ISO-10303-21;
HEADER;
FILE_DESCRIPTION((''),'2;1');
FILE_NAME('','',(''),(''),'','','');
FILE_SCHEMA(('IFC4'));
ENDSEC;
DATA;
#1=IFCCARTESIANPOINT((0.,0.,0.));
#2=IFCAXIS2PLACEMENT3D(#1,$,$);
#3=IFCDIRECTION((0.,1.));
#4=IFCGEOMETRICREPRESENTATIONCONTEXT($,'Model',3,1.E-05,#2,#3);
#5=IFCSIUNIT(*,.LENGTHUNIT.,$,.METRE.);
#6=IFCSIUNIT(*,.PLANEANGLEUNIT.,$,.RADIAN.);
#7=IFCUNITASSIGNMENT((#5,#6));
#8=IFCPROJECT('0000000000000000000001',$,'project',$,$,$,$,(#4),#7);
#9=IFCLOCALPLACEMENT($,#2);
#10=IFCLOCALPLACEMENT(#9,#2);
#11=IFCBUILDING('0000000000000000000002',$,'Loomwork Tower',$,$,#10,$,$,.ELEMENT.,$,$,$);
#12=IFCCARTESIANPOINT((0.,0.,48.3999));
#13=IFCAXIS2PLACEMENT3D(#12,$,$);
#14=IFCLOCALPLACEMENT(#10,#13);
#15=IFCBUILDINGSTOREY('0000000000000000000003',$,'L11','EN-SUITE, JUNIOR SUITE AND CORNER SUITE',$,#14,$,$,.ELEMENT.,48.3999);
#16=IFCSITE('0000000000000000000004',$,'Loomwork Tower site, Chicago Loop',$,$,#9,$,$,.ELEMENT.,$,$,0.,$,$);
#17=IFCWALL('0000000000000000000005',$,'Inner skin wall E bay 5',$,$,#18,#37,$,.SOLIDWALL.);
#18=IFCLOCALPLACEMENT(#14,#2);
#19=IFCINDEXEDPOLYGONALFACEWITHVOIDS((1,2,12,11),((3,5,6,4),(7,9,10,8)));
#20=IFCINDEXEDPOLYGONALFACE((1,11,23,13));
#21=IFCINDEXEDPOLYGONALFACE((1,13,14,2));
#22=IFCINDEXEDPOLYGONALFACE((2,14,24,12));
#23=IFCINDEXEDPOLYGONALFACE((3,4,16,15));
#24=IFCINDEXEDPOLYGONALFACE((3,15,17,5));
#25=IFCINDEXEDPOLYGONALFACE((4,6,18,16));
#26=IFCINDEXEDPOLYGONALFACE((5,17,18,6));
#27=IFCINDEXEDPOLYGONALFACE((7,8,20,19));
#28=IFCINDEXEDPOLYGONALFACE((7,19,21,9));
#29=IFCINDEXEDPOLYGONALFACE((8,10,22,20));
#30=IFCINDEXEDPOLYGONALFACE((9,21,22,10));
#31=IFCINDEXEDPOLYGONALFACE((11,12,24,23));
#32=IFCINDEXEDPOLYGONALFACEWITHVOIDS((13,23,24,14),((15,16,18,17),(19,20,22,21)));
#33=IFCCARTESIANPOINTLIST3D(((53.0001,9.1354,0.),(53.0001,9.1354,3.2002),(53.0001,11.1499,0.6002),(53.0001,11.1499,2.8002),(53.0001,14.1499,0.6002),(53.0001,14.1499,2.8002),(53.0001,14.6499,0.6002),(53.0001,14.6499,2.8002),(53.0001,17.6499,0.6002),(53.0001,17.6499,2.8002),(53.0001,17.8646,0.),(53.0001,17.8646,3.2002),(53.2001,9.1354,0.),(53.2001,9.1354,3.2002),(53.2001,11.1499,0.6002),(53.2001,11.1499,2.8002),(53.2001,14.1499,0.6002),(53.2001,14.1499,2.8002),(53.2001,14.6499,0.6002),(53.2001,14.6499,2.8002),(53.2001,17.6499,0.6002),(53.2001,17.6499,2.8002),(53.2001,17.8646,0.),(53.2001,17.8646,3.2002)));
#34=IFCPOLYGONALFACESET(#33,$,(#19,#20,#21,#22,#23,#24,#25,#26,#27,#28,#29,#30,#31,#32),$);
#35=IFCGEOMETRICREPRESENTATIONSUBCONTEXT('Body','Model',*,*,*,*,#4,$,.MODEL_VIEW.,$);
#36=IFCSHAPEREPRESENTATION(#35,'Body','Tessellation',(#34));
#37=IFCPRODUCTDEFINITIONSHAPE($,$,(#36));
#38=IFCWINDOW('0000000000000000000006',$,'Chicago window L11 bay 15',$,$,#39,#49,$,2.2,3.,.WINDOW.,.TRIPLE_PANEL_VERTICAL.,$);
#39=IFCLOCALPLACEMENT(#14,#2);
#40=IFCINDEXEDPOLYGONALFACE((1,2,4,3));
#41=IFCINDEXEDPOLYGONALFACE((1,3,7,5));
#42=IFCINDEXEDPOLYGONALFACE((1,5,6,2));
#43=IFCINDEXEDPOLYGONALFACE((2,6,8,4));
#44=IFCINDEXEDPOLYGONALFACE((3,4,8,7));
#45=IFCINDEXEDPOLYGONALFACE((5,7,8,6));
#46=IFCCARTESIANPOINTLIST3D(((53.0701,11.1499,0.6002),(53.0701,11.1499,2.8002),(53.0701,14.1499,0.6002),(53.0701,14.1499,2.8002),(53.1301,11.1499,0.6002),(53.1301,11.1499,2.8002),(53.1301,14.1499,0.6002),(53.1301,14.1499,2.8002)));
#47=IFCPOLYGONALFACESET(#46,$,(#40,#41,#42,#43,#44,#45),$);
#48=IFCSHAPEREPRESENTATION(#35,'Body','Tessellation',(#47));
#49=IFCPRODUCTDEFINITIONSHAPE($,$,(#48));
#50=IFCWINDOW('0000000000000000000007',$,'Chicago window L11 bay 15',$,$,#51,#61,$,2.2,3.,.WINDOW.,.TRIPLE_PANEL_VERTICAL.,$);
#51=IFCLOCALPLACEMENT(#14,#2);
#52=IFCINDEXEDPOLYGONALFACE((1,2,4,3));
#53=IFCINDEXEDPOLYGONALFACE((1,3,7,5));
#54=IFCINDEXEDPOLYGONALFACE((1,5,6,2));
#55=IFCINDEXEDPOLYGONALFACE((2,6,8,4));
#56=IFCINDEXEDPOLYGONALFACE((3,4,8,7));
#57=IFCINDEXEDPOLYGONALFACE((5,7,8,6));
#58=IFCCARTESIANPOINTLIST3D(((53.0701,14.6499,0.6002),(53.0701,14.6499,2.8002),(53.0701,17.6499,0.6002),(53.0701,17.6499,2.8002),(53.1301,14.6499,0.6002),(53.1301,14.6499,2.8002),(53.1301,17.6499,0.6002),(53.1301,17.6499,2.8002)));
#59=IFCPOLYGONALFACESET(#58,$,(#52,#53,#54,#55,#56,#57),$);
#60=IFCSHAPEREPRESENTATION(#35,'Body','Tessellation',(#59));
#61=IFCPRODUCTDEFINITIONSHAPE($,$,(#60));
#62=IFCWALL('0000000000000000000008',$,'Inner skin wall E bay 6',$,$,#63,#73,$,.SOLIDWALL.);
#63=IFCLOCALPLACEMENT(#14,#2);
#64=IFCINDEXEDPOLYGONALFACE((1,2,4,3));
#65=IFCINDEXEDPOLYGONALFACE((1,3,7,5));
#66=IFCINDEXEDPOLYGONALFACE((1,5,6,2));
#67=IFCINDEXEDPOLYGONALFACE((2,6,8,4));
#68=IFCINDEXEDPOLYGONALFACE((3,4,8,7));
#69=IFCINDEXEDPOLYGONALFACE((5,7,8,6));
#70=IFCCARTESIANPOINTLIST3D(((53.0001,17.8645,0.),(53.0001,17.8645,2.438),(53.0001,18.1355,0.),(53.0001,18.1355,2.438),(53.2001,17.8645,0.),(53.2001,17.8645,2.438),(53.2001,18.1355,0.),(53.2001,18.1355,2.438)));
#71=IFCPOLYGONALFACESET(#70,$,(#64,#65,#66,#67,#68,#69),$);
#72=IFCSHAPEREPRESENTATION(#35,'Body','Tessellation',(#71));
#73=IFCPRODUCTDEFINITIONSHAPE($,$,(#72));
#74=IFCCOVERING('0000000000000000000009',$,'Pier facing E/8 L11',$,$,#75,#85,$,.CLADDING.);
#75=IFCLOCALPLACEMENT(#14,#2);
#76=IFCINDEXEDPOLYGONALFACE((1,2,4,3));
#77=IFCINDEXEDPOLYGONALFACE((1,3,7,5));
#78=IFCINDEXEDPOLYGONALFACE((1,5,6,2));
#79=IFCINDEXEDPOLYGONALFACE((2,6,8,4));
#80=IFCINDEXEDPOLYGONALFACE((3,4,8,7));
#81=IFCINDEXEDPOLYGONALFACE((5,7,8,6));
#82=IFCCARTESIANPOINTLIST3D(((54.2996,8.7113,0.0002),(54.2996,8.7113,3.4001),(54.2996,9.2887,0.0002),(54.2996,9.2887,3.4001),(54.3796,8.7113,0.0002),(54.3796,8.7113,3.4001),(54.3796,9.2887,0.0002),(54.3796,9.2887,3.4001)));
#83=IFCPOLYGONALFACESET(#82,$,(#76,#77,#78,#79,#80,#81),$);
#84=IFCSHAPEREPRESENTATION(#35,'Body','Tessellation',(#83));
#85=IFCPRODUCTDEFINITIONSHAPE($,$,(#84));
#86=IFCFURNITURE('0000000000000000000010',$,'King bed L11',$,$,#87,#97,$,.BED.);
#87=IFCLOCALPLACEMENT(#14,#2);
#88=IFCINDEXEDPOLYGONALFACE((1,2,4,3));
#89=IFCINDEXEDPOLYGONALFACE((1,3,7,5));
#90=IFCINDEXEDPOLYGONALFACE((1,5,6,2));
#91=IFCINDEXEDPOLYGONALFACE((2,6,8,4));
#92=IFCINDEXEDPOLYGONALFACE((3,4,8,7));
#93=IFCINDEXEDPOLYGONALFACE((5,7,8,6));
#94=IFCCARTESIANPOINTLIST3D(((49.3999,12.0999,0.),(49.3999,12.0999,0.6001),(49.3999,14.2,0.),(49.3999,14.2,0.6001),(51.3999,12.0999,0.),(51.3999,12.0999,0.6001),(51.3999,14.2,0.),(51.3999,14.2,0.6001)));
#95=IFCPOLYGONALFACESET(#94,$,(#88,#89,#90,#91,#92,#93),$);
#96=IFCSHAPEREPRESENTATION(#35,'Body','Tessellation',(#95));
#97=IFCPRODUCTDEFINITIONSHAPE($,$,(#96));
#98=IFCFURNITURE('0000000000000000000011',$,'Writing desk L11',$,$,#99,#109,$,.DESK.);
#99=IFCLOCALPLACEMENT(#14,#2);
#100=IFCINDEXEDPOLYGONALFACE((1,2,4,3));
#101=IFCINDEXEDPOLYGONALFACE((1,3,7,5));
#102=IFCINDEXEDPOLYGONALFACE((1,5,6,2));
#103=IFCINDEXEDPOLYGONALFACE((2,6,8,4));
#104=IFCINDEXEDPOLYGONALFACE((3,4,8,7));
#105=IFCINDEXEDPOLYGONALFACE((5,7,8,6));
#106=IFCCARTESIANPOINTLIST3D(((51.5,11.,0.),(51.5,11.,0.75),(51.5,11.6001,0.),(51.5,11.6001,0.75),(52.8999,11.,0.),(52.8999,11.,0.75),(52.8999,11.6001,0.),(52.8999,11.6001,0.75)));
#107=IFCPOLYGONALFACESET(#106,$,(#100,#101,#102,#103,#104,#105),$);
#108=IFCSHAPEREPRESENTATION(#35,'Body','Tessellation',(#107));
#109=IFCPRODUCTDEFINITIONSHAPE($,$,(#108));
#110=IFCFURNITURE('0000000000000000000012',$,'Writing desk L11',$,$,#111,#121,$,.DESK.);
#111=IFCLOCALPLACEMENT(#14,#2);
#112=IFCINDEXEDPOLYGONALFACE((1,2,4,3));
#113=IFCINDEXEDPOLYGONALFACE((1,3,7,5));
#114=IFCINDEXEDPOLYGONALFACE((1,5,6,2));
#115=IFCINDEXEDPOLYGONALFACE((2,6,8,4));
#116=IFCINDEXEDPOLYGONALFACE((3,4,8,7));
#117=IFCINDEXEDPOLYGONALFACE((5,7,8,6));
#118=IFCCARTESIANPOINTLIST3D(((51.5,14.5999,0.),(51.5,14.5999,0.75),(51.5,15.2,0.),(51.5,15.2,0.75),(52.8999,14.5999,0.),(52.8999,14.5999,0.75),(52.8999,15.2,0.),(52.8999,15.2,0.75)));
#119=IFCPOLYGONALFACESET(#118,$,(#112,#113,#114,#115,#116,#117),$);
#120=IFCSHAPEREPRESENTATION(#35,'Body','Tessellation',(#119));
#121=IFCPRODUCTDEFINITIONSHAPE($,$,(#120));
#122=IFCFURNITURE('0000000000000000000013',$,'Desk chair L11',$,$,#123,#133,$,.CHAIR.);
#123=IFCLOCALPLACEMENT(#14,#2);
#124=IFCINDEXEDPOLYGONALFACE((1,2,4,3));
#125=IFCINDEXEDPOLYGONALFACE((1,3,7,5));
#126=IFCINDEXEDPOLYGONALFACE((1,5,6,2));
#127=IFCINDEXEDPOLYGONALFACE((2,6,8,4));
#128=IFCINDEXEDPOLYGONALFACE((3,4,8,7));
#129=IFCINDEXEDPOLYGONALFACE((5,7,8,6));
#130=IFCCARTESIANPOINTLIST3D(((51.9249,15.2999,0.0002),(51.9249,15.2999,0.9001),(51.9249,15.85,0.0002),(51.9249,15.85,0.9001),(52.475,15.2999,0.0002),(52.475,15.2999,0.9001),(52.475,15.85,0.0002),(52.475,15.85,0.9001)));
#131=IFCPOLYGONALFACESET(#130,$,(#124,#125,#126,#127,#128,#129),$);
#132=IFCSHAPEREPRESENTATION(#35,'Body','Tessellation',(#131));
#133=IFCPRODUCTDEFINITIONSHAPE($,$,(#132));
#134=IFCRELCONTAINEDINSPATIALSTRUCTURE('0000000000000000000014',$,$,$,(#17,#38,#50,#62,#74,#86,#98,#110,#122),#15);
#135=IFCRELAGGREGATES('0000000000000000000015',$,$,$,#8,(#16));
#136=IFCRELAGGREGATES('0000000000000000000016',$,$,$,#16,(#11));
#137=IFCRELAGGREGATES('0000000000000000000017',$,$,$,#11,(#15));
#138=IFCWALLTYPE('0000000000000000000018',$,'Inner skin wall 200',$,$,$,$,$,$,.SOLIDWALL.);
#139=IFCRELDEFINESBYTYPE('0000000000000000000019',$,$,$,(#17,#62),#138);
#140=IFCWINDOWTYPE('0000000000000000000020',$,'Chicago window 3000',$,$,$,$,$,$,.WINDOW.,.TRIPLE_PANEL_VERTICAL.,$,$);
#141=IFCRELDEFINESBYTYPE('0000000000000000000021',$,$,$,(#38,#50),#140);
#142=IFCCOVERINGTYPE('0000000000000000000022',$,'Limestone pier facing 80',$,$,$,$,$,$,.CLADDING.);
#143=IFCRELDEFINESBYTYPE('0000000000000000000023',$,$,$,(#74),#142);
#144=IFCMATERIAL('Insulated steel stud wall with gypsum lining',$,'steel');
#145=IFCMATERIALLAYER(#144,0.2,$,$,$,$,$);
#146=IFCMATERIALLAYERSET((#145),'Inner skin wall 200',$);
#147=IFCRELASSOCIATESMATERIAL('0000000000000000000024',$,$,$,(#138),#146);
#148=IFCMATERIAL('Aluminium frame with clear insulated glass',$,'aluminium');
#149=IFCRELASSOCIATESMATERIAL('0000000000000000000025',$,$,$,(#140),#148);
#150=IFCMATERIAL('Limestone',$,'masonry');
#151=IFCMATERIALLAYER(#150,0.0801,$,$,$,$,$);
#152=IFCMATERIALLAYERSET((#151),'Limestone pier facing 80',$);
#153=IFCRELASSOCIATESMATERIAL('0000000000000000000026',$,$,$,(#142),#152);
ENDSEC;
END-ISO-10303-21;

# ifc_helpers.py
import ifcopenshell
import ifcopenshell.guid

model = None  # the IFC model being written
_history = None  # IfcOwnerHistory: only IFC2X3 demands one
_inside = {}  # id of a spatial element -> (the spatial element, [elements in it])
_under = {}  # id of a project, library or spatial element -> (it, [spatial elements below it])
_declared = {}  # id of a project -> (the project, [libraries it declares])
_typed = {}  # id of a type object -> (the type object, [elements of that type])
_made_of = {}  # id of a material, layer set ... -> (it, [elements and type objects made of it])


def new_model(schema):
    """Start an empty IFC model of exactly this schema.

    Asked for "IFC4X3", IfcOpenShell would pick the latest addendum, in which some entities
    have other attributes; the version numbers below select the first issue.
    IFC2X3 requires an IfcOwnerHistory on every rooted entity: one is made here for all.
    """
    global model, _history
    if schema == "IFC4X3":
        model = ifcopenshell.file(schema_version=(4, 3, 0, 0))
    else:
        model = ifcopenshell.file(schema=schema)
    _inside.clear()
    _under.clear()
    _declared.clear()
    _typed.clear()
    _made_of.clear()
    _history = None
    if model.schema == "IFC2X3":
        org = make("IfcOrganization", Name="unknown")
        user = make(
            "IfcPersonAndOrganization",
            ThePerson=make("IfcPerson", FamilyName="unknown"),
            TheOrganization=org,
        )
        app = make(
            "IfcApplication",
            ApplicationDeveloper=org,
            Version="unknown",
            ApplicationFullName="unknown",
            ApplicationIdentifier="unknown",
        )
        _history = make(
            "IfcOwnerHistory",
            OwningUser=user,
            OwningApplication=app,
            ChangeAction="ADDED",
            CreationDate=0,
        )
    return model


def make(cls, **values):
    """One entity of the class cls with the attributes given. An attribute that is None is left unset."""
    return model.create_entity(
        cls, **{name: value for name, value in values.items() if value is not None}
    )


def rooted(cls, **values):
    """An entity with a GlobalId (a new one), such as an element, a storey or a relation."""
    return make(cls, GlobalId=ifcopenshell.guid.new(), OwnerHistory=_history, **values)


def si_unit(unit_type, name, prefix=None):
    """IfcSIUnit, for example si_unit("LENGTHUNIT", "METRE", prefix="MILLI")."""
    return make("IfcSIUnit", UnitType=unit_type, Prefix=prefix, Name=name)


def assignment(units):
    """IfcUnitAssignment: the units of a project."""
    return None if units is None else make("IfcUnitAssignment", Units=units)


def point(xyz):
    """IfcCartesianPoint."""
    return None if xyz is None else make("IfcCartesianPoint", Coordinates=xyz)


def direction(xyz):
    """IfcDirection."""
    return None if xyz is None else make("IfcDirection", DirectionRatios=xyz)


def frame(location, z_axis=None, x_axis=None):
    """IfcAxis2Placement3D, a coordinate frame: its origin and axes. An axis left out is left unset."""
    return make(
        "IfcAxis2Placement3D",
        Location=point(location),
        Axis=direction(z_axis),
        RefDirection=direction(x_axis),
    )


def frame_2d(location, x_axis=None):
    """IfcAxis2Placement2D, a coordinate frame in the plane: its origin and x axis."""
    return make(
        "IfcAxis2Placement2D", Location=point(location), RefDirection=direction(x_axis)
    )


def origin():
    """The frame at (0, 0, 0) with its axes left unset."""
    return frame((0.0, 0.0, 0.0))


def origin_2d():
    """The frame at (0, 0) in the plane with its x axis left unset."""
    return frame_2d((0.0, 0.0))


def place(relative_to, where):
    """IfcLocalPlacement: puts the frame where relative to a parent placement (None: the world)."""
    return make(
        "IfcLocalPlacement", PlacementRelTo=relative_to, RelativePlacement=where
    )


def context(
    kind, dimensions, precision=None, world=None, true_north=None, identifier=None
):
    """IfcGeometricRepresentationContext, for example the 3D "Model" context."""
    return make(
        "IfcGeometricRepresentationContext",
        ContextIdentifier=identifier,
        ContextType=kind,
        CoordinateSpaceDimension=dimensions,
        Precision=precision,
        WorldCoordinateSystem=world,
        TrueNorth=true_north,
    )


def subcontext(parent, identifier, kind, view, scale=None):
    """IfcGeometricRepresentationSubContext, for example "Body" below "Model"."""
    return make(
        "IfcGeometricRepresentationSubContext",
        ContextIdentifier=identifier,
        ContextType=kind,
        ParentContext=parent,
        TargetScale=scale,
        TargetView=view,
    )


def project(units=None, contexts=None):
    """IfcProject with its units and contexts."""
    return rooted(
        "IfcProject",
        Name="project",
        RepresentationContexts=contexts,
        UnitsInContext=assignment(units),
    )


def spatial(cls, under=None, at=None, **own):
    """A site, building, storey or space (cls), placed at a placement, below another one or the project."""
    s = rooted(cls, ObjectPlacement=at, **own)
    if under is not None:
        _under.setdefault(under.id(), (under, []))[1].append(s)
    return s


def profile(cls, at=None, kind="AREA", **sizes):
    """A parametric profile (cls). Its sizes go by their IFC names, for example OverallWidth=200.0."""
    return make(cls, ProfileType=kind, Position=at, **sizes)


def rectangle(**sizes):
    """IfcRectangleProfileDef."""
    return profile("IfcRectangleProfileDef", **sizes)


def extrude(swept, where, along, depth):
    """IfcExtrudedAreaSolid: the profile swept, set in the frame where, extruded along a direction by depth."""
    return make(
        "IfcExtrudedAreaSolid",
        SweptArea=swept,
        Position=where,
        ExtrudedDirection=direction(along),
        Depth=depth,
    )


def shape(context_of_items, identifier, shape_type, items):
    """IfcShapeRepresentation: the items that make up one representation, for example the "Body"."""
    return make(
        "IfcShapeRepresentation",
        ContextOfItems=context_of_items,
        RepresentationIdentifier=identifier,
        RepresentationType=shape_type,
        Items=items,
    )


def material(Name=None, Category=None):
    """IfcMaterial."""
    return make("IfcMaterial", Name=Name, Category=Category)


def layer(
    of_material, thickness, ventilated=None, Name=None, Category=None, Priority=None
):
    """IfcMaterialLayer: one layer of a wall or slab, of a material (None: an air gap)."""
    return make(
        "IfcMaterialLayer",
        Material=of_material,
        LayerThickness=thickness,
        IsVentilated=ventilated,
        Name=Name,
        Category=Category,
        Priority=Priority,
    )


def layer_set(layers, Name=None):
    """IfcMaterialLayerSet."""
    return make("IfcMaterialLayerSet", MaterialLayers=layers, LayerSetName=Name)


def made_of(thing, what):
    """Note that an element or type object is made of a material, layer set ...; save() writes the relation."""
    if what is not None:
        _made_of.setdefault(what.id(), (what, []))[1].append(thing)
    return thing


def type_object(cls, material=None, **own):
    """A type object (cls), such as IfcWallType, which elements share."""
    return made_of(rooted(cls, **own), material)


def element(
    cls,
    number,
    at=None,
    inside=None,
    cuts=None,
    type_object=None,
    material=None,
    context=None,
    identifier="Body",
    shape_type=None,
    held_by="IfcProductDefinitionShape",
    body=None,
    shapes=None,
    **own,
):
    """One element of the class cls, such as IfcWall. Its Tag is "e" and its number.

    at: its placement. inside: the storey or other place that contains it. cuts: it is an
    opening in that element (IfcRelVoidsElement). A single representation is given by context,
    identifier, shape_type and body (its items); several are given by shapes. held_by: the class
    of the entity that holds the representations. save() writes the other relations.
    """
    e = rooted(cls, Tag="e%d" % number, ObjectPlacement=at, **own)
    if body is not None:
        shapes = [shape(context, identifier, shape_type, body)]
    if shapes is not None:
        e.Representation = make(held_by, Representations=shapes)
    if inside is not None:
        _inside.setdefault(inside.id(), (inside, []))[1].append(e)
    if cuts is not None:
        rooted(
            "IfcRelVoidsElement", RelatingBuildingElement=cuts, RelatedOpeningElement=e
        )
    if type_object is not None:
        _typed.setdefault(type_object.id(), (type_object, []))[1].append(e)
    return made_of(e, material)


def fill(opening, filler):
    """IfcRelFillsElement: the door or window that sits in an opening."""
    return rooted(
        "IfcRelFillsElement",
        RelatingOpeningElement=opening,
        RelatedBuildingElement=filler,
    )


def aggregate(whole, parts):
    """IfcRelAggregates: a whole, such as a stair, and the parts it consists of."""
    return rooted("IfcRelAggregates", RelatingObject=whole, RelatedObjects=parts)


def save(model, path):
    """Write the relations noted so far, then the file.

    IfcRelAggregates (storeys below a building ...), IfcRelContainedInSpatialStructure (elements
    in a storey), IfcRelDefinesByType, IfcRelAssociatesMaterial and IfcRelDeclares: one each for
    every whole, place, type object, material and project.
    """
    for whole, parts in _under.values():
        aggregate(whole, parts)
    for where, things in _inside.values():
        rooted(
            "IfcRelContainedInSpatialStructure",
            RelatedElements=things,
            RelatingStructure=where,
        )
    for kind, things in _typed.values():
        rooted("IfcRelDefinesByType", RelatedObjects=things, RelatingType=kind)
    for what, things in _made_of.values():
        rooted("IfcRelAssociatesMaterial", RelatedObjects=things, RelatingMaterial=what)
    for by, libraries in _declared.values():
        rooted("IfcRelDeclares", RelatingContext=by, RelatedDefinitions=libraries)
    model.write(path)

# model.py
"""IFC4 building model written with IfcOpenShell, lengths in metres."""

from ifc_helpers import new_model, si_unit, direction, frame, frame_2d, origin, origin_2d, place, context, subcontext, project, spatial, rectangle, extrude, material, layer, layer_set, type_object, element, fill, save


model = new_model("IFC4")

# Units and contexts
model_context = context("Model", 3, precision=1e-05, world=origin(), true_north=direction((0.0, 1.0)))
body_context = subcontext(model_context, "Body", "Model", "MODEL_VIEW")
ifc_project = project(units=[si_unit("LENGTHUNIT", "METRE"), si_unit("PLANEANGLEUNIT", "RADIAN")], contexts=[model_context])

# Site, building, storey
site_placement = place(None, origin())
site = spatial("IfcSite", under=ifc_project, at=site_placement, Name="Loomwork Tower site, Chicago Loop", CompositionType="ELEMENT", RefElevation=0.0)
building_placement = place(site_placement, origin())
building = spatial("IfcBuilding", under=site, at=building_placement, Name="Loomwork Tower", CompositionType="ELEMENT")
storey_placement = place(building_placement, frame((0.0, 0.0, 48.3999)))
storey = spatial("IfcBuildingStorey", under=building, at=storey_placement, Name="L11", Description="EN-SUITE, JUNIOR SUITE AND CORNER SUITE", CompositionType="ELEMENT", Elevation=48.3999)

# Shared definitions
ifc_material_1 = material(Name="Insulated steel stud wall with gypsum lining", Category="steel")
ifc_layer_1 = layer(ifc_material_1, 0.2)
ifc_layer_set_1 = layer_set([ifc_layer_1], Name="Inner skin wall 200")
wall_type = type_object("IfcWallType", Name="Inner skin wall 200", PredefinedType="SOLIDWALL", material=ifc_layer_set_1)

# Wall, openings, windows
wall_1_placement = place(storey_placement, frame((53.1001, 9.1353, 0.0), z_axis=(0.0, 0.0, 1.0), x_axis=(0.0, 1.0, 0.0)))
wall_1 = element("IfcWall", 1, at=wall_1_placement, inside=storey, type_object=wall_type, Name="Inner skin wall E bay 5", PredefinedType="SOLIDWALL", context=body_context, shape_type="SweptSolid", body=[
    extrude(rectangle(XDim=8.7292, YDim=0.2, at=frame_2d((4.3647, 0.0))), origin(), (0.0, 0.0, 1.0), 3.2002),
])
opening_1_placement = place(wall_1_placement, frame((2.0146, 0.0, 0.6001)))
opening_1 = element("IfcOpeningElement", 2, at=opening_1_placement, cuts=wall_1, PredefinedType="OPENING", context=body_context, shape_type="SweptSolid", body=[
    extrude(rectangle(XDim=3.0, YDim=2.2, at=frame_2d((1.5, 1.1001))), frame((0.0, 0.1099, 0.0), z_axis=(0.0, -1.0, 0.0), x_axis=(1.0, 0.0, 0.0)), (0.0, 0.0, 1.0), 0.22),
])
opening_2_placement = place(wall_1_placement, frame((5.5146, 0.0, 0.6001)))
opening_2 = element("IfcOpeningElement", 3, at=opening_2_placement, cuts=wall_1, PredefinedType="OPENING", context=body_context, shape_type="SweptSolid", body=[
    extrude(rectangle(XDim=3.0, YDim=2.2, at=frame_2d((1.5, 1.1001))), frame((0.0, 0.1099, 0.0), z_axis=(0.0, -1.0, 0.0), x_axis=(1.0, 0.0, 0.0)), (0.0, 0.0, 1.0), 0.22),
])
ifc_material_2 = material(Name="Aluminium frame with clear insulated glass", Category="aluminium")
window_type = type_object("IfcWindowType", Name="Chicago window 3000", PartitioningType="TRIPLE_PANEL_VERTICAL", PredefinedType="WINDOW", material=ifc_material_2)
window_1_placement = place(opening_1_placement, origin())
window_1 = element("IfcWindow", 4, at=window_1_placement, inside=storey, type_object=window_type, Name="Chicago window L11 bay 15", OverallHeight=2.2, OverallWidth=3.0, PartitioningType="TRIPLE_PANEL_VERTICAL", PredefinedType="WINDOW", context=body_context, shape_type="SweptSolid", body=[
    extrude(rectangle(XDim=3.0, YDim=2.2, at=frame_2d((1.5, 1.1001))), frame((0.0, 0.03, 0.0), z_axis=(0.0, -1.0, 0.0), x_axis=(1.0, 0.0, 0.0)), (0.0, 0.0, 1.0), 0.0601),
])
fill(opening_1, window_1)
window_2_placement = place(opening_2_placement, origin())
window_2 = element("IfcWindow", 5, at=window_2_placement, inside=storey, type_object=window_type, Name="Chicago window L11 bay 15", OverallHeight=2.2, OverallWidth=3.0, PartitioningType="TRIPLE_PANEL_VERTICAL", PredefinedType="WINDOW", context=body_context, shape_type="SweptSolid", body=[
    extrude(rectangle(XDim=3.0, YDim=2.2, at=frame_2d((1.5, 1.1001))), frame((0.0, 0.03, 0.0), z_axis=(0.0, -1.0, 0.0), x_axis=(1.0, 0.0, 0.0)), (0.0, 0.0, 1.0), 0.0601),
])
fill(opening_2, window_2)

# Wall
wall_2_placement = place(storey_placement, frame((53.1001, 17.8645, 0.0), z_axis=(0.0, 0.0, 1.0), x_axis=(0.0, 1.0, 0.0)))
element("IfcWall", 6, at=wall_2_placement, inside=storey, type_object=wall_type, Name="Inner skin wall E bay 6", PredefinedType="SOLIDWALL", context=body_context, shape_type="SweptSolid", body=[
    extrude(rectangle(XDim=0.271, YDim=0.2, at=frame_2d((0.1355, 0.0))), origin(), (0.0, 0.0, 1.0), 2.438),
])

# Covering
ifc_material_3 = material(Name="Limestone", Category="masonry")
ifc_layer_2 = layer(ifc_material_3, 0.0801)
ifc_layer_set_2 = layer_set([ifc_layer_2], Name="Limestone pier facing 80")
covering_type = type_object("IfcCoveringType", Name="Limestone pier facing 80", PredefinedType="CLADDING", material=ifc_layer_set_2)
covering_placement = place(storey_placement, frame((54.3396, 9.0, 0.0002), z_axis=(0.0, 0.0, 1.0), x_axis=(1.0, 0.0, 0.0)))
element("IfcCovering", 7, at=covering_placement, inside=storey, type_object=covering_type, Name="Pier facing E/8 L11", PredefinedType="CLADDING", context=body_context, shape_type="SweptSolid", body=[
    extrude(rectangle(XDim=0.0801, YDim=0.5774, at=origin_2d()), origin(), (0.0, 0.0, 1.0), 3.3999),
])

# Furniture
furniture_1_placement = place(storey_placement, frame((50.3999, 13.1499, 0.0), z_axis=(0.0, 0.0, 1.0), x_axis=(1.0, 0.0, 0.0)))
element("IfcFurniture", 8, at=furniture_1_placement, inside=storey, Name="King bed L11", PredefinedType="BED", context=body_context, shape_type="SweptSolid", body=[
    extrude(rectangle(XDim=2.0, YDim=2.1001, at=origin_2d()), origin(), (0.0, 0.0, 1.0), 0.6001),
])
for number, where, z_axis, x_axis, name in (
    (9, (52.2, 11.3, 0.0), (0.0, 0.0, 1.0), (1.0, 0.0, 0.0), "Writing desk L11"),
    (10, (52.2, 14.8999, 0.0), (0.0, 0.0, 1.0), (1.0, 0.0, 0.0), "Writing desk L11"),
):
    element("IfcFurniture", number, at=place(storey_placement, frame(where, z_axis=z_axis, x_axis=x_axis)), inside=storey, Name=name, PredefinedType="DESK", context=body_context, shape_type="SweptSolid", body=[
        extrude(rectangle(XDim=1.3999, YDim=0.6001, at=origin_2d()), origin(), (0.0, 0.0, 1.0), 0.75),
    ])
furniture_2_placement = place(storey_placement, frame((52.2, 15.575, 0.0002), z_axis=(0.0, 0.0, 1.0), x_axis=(1.0, 0.0, 0.0)))
element("IfcFurniture", 11, at=furniture_2_placement, inside=storey, Name="Desk chair L11", PredefinedType="CHAIR", context=body_context, shape_type="SweptSolid", body=[
    extrude(rectangle(XDim=0.55, YDim=0.55, at=origin_2d()), origin(), (0.0, 0.0, 1.0), 0.8999),
])

save(model, "model.ifc")
